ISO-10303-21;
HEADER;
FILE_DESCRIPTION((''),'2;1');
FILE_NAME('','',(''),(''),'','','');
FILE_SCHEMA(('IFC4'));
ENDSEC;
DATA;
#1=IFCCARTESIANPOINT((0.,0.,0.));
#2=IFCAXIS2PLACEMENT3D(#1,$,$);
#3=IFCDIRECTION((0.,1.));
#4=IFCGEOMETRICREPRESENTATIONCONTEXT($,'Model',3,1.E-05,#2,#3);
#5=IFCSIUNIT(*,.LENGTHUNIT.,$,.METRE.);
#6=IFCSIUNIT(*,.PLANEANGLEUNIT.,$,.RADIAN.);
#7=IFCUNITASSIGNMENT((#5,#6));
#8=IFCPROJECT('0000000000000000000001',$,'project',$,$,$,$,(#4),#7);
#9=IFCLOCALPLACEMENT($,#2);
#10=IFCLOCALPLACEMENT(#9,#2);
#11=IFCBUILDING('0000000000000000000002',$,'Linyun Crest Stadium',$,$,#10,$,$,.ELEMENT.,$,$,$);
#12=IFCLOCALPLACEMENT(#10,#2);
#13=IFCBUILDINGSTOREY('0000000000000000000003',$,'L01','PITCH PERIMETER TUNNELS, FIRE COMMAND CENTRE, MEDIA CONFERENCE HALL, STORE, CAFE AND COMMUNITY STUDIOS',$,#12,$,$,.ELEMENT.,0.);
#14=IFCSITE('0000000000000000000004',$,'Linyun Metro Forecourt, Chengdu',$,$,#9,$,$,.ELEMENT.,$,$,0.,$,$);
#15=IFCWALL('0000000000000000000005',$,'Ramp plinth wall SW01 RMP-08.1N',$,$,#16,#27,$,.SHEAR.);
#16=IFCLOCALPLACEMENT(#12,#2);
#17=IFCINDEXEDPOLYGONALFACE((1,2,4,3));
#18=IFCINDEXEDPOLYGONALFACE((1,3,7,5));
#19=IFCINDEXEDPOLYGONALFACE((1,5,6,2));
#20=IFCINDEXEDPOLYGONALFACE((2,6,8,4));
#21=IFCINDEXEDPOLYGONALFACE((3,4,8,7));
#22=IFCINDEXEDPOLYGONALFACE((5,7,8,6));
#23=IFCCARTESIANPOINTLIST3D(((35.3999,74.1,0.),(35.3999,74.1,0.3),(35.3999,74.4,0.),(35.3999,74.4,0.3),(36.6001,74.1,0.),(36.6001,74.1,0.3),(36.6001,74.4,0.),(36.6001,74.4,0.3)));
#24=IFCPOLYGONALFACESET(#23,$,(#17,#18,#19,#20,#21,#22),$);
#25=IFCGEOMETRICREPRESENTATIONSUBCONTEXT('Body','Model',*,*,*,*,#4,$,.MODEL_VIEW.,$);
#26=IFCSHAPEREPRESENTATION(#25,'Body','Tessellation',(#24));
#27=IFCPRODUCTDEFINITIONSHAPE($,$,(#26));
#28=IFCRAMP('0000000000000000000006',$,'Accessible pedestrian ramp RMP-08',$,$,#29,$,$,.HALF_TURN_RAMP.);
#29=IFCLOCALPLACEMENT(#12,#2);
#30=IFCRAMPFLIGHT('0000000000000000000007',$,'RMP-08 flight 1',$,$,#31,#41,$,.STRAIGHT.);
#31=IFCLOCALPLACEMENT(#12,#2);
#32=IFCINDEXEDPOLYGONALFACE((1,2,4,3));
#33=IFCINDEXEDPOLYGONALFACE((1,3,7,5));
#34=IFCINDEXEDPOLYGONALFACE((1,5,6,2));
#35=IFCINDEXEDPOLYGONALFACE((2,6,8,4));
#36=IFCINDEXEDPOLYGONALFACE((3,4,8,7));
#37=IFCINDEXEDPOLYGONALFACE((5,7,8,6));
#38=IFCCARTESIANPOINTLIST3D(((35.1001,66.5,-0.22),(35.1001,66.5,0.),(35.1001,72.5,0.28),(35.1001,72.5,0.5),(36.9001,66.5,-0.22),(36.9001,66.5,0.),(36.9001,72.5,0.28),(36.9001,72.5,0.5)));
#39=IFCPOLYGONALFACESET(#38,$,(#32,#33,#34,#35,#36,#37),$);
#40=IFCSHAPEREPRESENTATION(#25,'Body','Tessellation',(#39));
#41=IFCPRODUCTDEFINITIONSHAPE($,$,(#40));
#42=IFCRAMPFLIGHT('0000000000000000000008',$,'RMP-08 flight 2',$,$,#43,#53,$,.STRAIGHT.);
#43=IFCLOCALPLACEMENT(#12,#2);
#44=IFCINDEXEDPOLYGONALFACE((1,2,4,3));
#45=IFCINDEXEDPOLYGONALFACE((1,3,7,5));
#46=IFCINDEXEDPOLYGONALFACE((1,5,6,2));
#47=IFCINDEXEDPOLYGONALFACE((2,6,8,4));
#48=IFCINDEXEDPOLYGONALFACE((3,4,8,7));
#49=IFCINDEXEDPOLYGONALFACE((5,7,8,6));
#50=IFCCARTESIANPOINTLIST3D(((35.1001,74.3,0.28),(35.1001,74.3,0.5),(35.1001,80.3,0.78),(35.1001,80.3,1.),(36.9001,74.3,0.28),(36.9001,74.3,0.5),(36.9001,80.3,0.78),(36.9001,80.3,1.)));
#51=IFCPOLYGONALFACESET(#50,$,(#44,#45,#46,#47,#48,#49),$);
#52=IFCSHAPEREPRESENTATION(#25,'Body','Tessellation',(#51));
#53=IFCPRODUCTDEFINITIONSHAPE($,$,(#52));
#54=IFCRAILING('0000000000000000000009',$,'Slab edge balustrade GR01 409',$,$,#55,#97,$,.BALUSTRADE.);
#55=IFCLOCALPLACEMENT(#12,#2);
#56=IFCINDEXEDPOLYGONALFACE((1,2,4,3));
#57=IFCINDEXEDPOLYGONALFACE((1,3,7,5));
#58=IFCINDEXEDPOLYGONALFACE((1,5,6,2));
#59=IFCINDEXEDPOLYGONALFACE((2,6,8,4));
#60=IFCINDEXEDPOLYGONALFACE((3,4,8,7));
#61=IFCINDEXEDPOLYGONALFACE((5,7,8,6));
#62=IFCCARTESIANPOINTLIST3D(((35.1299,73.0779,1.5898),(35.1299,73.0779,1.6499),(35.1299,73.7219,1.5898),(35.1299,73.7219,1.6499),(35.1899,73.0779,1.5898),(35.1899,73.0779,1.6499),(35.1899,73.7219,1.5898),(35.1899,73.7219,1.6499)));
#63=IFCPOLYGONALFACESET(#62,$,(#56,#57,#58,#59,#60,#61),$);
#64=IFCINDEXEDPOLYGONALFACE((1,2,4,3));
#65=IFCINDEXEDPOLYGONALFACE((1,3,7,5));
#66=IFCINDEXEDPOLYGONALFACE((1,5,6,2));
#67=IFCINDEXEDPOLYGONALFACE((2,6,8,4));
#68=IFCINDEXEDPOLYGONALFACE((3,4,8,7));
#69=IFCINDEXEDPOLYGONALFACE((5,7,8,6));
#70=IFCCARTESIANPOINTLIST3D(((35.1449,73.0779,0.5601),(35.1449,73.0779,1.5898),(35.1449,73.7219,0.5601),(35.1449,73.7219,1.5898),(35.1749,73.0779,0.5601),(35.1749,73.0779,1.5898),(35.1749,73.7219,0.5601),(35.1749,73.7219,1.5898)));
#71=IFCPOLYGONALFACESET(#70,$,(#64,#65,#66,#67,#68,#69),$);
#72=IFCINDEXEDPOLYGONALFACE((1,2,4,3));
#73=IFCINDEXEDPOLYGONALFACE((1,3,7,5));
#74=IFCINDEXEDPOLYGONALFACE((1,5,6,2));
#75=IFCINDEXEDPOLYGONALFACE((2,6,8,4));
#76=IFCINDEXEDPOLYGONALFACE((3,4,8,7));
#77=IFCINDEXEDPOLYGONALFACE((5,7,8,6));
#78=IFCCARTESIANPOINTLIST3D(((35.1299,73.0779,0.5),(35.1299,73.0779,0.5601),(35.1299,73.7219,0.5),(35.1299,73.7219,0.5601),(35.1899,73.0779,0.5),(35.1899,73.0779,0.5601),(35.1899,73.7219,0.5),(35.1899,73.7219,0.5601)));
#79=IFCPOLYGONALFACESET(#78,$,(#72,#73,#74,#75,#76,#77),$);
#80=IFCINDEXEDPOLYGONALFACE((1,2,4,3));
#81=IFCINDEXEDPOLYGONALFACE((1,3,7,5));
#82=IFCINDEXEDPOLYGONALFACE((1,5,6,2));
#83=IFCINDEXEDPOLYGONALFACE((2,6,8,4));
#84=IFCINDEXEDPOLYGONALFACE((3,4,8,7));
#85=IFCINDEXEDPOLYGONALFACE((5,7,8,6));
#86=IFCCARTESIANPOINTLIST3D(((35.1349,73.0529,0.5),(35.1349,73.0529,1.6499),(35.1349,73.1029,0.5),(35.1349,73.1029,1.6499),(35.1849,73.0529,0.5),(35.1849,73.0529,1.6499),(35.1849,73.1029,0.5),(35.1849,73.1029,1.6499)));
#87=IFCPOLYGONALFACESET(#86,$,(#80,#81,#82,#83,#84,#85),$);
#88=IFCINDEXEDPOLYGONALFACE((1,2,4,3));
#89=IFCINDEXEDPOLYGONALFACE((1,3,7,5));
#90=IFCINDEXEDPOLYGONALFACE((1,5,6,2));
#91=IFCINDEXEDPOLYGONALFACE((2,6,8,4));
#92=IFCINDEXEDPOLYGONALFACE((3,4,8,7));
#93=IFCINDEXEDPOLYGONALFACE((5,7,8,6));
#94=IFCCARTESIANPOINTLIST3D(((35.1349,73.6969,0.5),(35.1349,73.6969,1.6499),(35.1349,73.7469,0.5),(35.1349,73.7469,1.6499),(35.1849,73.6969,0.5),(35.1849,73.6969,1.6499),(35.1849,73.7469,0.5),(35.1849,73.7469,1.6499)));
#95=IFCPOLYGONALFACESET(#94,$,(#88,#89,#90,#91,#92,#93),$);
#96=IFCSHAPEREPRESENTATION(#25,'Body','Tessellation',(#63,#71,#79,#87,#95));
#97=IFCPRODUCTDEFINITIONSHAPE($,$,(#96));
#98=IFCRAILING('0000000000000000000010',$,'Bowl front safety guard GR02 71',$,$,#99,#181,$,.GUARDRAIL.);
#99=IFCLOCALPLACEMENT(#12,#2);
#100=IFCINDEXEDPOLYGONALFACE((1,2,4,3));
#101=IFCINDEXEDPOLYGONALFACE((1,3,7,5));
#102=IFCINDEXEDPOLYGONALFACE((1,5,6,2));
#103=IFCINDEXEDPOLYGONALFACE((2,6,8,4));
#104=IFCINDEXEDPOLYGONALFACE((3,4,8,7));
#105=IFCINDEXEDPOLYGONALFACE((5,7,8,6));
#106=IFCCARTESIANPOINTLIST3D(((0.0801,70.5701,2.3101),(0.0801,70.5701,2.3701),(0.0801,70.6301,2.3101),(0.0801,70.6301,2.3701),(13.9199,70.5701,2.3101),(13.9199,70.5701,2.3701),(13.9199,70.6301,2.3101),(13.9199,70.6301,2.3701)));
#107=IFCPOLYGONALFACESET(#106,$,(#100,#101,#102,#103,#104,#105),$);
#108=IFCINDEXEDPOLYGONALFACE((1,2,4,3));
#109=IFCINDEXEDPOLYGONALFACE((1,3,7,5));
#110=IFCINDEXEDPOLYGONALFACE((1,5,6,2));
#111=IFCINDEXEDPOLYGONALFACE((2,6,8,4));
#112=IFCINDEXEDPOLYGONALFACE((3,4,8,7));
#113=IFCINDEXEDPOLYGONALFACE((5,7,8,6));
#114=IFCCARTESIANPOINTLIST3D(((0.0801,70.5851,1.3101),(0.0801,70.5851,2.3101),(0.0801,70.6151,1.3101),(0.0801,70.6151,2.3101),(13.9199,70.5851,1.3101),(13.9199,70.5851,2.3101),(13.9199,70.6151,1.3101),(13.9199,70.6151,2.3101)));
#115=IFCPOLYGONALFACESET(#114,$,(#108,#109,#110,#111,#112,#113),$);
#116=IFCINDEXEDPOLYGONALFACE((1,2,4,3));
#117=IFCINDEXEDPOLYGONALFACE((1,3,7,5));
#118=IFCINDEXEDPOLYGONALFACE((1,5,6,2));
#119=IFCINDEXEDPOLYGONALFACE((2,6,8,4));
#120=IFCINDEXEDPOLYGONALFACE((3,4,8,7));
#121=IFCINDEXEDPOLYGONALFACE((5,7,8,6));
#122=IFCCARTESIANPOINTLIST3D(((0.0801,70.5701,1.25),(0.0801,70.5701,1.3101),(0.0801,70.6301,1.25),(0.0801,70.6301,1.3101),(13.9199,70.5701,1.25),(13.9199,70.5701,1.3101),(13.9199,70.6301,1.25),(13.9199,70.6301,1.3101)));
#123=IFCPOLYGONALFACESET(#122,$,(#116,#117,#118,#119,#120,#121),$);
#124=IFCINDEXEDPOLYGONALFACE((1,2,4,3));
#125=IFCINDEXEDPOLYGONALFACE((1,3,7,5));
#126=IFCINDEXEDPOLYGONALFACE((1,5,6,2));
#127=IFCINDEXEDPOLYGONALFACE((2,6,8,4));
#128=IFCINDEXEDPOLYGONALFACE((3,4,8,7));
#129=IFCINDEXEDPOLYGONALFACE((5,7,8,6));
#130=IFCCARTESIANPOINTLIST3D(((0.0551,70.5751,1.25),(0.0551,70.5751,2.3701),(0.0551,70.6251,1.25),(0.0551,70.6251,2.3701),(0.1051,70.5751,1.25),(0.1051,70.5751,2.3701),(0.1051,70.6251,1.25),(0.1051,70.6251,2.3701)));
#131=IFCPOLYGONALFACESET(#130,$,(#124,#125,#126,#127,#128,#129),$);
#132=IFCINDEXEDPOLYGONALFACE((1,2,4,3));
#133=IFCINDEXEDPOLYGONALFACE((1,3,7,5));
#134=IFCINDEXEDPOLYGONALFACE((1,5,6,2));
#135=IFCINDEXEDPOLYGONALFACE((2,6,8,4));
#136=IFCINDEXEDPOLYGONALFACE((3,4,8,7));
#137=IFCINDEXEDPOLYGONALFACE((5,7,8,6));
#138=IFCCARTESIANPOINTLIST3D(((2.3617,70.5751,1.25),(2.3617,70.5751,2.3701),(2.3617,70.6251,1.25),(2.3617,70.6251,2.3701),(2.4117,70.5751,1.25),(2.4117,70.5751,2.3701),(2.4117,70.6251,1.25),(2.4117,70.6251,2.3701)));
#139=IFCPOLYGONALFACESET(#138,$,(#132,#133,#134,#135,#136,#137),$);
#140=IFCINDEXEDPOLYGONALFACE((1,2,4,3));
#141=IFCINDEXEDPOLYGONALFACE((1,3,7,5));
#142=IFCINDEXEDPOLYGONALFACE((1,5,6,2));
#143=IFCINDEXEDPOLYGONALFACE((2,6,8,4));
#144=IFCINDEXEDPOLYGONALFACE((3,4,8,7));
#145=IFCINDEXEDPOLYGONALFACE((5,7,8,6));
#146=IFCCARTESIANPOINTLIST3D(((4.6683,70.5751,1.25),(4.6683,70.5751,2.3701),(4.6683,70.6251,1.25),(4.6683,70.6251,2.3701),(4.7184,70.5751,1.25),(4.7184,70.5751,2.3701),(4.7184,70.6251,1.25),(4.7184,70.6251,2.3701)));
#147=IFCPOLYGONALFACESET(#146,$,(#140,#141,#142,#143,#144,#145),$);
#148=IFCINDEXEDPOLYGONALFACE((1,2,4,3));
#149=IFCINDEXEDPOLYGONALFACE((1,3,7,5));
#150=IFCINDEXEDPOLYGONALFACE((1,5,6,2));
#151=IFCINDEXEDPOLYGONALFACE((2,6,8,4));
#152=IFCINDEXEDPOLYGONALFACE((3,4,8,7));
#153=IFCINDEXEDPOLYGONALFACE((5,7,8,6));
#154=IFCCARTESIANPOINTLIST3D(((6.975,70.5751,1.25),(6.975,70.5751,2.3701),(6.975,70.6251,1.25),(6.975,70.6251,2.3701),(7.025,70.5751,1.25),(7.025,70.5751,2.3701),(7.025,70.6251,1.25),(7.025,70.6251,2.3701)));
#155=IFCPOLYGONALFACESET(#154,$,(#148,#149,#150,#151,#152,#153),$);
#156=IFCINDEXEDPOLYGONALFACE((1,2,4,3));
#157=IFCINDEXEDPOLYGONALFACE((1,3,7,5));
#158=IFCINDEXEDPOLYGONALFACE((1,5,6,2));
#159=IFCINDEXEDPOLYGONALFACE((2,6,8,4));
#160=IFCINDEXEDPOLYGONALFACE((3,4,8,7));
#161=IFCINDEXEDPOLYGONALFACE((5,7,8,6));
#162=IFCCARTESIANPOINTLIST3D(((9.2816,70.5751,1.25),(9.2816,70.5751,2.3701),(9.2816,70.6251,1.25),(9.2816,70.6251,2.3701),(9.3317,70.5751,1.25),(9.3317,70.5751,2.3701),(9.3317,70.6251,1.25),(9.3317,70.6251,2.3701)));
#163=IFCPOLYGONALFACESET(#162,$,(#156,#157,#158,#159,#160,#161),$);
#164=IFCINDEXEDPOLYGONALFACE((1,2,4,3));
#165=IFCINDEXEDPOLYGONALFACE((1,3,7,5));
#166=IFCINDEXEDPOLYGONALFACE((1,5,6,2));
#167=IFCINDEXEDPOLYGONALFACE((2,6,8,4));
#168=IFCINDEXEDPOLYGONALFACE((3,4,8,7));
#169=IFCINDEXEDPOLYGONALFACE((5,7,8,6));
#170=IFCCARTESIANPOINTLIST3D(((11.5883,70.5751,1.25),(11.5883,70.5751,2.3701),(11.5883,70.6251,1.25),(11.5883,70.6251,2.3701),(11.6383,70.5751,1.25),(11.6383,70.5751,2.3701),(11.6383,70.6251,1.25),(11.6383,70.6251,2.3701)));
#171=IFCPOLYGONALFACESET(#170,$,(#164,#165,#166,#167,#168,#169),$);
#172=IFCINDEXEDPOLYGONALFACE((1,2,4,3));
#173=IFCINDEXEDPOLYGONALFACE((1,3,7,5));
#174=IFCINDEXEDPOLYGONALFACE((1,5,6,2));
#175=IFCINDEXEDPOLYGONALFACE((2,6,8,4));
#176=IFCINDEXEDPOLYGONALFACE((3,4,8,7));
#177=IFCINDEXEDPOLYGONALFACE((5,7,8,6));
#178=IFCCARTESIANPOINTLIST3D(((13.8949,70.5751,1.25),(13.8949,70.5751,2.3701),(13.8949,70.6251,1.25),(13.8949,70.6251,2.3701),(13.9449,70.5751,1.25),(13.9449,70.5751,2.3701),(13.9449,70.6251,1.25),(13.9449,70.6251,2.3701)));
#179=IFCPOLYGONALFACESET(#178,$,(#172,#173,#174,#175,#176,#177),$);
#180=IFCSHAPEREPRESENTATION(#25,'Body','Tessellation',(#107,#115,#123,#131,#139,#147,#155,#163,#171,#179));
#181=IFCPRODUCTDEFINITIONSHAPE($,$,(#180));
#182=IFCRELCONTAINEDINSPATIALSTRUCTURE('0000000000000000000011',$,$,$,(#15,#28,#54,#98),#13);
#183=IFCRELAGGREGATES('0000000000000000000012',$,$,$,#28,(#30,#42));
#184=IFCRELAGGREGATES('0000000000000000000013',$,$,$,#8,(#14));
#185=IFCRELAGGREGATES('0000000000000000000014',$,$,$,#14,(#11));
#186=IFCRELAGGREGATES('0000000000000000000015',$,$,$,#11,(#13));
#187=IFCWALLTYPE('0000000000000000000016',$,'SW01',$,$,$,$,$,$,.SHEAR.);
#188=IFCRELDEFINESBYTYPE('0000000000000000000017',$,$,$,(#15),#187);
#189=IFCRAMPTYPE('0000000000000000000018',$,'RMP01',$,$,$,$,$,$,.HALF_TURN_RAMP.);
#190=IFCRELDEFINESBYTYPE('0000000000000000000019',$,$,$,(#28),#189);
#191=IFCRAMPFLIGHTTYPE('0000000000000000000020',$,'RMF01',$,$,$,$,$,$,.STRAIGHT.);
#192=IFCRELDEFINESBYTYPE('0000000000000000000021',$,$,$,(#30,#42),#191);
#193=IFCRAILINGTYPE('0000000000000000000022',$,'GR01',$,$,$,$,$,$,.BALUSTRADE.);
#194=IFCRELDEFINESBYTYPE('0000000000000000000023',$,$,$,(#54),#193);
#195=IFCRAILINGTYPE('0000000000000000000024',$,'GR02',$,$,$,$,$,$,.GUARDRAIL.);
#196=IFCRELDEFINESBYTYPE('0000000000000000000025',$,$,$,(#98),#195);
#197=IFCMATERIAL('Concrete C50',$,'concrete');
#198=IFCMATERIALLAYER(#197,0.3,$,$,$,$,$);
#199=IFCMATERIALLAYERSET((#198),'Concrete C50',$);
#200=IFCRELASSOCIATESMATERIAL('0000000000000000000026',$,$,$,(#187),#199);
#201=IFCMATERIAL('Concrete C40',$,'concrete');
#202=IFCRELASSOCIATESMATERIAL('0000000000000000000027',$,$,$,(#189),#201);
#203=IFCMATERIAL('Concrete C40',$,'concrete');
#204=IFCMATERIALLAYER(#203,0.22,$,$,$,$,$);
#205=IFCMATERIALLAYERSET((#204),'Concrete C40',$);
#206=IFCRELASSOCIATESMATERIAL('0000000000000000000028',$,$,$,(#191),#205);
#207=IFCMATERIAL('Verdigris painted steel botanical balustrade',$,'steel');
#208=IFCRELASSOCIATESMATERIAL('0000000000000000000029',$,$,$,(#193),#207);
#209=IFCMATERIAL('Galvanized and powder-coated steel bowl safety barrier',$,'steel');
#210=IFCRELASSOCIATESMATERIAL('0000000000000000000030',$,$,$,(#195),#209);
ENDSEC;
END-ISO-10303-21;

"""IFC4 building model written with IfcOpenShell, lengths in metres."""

from ifc_helpers import new_model, si_unit, direction, frame, frame_2d, origin, origin_2d, place, context, subcontext, project, spatial, polyline, rectangle, outline, extrude, material, layer, layer_set, type_object, element, aggregate, save


model = new_model("IFC4")

# Units and contexts
model_context = context("Model", 3, precision=1e-05, world=origin(), true_north=direction((0.0, 1.0)))
body_context = subcontext(model_context, "Body", "Model", "MODEL_VIEW")
ifc_project = project(units=[si_unit("LENGTHUNIT", "METRE"), si_unit("PLANEANGLEUNIT", "RADIAN")], contexts=[model_context])

# Site, building, storey
site_placement = place(None, origin())
site = spatial("IfcSite", under=ifc_project, at=site_placement, Name="Linyun Metro Forecourt, Chengdu", CompositionType="ELEMENT", RefElevation=0.0)
building_placement = place(site_placement, origin())
building = spatial("IfcBuilding", under=site, at=building_placement, Name="Linyun Crest Stadium", CompositionType="ELEMENT")
storey_placement = place(building_placement, origin())
storey = spatial("IfcBuildingStorey", under=building, at=storey_placement, Name="L01", Description="PITCH PERIMETER TUNNELS, FIRE COMMAND CENTRE, MEDIA CONFERENCE HALL, STORE, CAFE AND COMMUNITY STUDIOS", CompositionType="ELEMENT", Elevation=0.0)

# Wall
ifc_material_1 = material(Name="Concrete C50", Category="concrete")
ifc_layer_1 = layer(ifc_material_1, 0.3)
ifc_layer_set_1 = layer_set([ifc_layer_1], Name="Concrete C50")
wall_type = type_object("IfcWallType", Name="SW01", PredefinedType="SHEAR", material=ifc_layer_set_1)
wall_placement = place(storey_placement, frame((35.3999, 74.25, 0.0), z_axis=(0.0, 0.0, 1.0), x_axis=(1.0, 0.0, 0.0)))
element("IfcWall", 1, at=wall_placement, inside=storey, type_object=wall_type, Name="Ramp plinth wall SW01 RMP-08.1N", PredefinedType="SHEAR", context=body_context, shape_type="SweptSolid", body=[
    extrude(rectangle(XDim=1.2002, YDim=0.3, at=frame_2d((0.6001, 0.0))), origin(), (0.0, 0.0, 1.0), 0.3),
])

# Ramp, ramp flights
ifc_material_2 = material(Name="Concrete C40", Category="concrete")
ramp_type = type_object("IfcRampType", Name="RMP01", PredefinedType="HALF_TURN_RAMP", material=ifc_material_2)
ramp_placement = place(storey_placement, origin())
ramp = element("IfcRamp", 2, at=ramp_placement, inside=storey, type_object=ramp_type, Name="Accessible pedestrian ramp RMP-08", PredefinedType="HALF_TURN_RAMP")
ifc_material_3 = material(Name="Concrete C40", Category="concrete")
ifc_layer_2 = layer(ifc_material_3, 0.22)
ifc_layer_set_2 = layer_set([ifc_layer_2], Name="Concrete C40")
ramp_flight_type = type_object("IfcRampFlightType", Name="RMF01", PredefinedType="STRAIGHT", material=ifc_layer_set_2)
ramp_flight_1_placement = place(storey_placement, frame((36.0, 66.5, 0.0), z_axis=(0.0, 0.0, 1.0), x_axis=(0.0, 1.0, 0.0)))
ramp_flight_1 = element("IfcRampFlight", 3, at=ramp_flight_1_placement, type_object=ramp_flight_type, Name="RMP-08 flight 1", PredefinedType="STRAIGHT", context=body_context, shape_type="SweptSolid", body=[
    extrude(outline(polyline([(0.0, 0.0), (6.0, 0.5), (6.0, 0.28), (0.0, -0.22), (0.0, 0.0)])), frame((0.0, 0.8999, 0.0), z_axis=(0.0, -1.0, 0.0), x_axis=(1.0, 0.0, 0.0)), (0.0, 0.0, 1.0), 1.8),
])
ramp_flight_2_placement = place(storey_placement, frame((36.0, 74.3, 0.5), z_axis=(0.0, 0.0, 1.0), x_axis=(0.0, 1.0, 0.0)))
ramp_flight_2 = element("IfcRampFlight", 4, at=ramp_flight_2_placement, type_object=ramp_flight_type, Name="RMP-08 flight 2", PredefinedType="STRAIGHT", context=body_context, shape_type="SweptSolid", body=[
    extrude(outline(polyline([(0.0, 0.0), (6.0, 0.5), (6.0, 0.28), (0.0, -0.22), (0.0, 0.0)])), frame((0.0, 0.8999, 0.0), z_axis=(0.0, -1.0, 0.0), x_axis=(1.0, 0.0, 0.0)), (0.0, 0.0, 1.0), 1.8),
])
aggregate(ramp, [ramp_flight_1, ramp_flight_2])

# Railings
ifc_material_4 = material(Name="Verdigris painted steel botanical balustrade", Category="steel")
railing_type_1 = type_object("IfcRailingType", Name="GR01", PredefinedType="BALUSTRADE", material=ifc_material_4)
railing_placement = place(storey_placement, frame((35.1599, 73.0779, 0.5)))
element("IfcRailing", 5, at=railing_placement, inside=storey, type_object=railing_type_1, Name="Slab edge balustrade GR01 409", PredefinedType="BALUSTRADE", context=body_context, shape_type="SweptSolid", body=[
    extrude(rectangle(XDim=0.0601, YDim=0.0601, at=origin_2d()), frame((0.0, 0.0, 1.1199), z_axis=(0.0, 1.0, 0.0), x_axis=(-1.0, 0.0, 0.0)), (0.0, 0.0, 1.0), 0.644),
    extrude(rectangle(XDim=0.03, YDim=1.0298, at=origin_2d()), frame((0.0, 0.0, 0.575), z_axis=(0.0, 1.0, 0.0), x_axis=(-1.0, 0.0, 0.0)), (0.0, 0.0, 1.0), 0.644),
    extrude(rectangle(XDim=0.0601, YDim=0.0601, at=origin_2d()), frame((0.0, 0.0, 0.03), z_axis=(0.0, 1.0, 0.0), x_axis=(-1.0, 0.0, 0.0)), (0.0, 0.0, 1.0), 0.644),
    extrude(rectangle(XDim=0.05, YDim=0.05, at=origin_2d()), origin(), (0.0, 0.0, 1.0), 1.1499),
    extrude(rectangle(XDim=0.05, YDim=0.05, at=origin_2d()), frame((0.0, 0.644, 0.0)), (0.0, 0.0, 1.0), 1.1499),
])
ifc_material_5 = material(Name="Galvanized and powder-coated steel bowl safety barrier", Category="steel")
railing_type_2 = type_object("IfcRailingType", Name="GR02", PredefinedType="GUARDRAIL", material=ifc_material_5)
for number, where, name in (
    (6, (0.0801, 70.6001, 1.25), "Bowl front safety guard GR02 71"),
):
    element("IfcRailing", number, at=place(storey_placement, frame(where)), inside=storey, type_object=railing_type_2, Name=name, PredefinedType="GUARDRAIL", context=body_context, shape_type="SweptSolid", body=[
        extrude(rectangle(XDim=0.0601, YDim=0.0601, at=origin_2d()), frame((0.0, 0.0, 1.0901), z_axis=(1.0, 0.0, 0.0), x_axis=(0.0, 1.0, 0.0)), (0.0, 0.0, 1.0), 13.8398),
        extrude(rectangle(XDim=0.03, YDim=1.0, at=origin_2d()), frame((0.0, 0.0, 0.5601), z_axis=(1.0, 0.0, 0.0), x_axis=(0.0, 1.0, 0.0)), (0.0, 0.0, 1.0), 13.8398),
        extrude(rectangle(XDim=0.0601, YDim=0.0601, at=origin_2d()), frame((0.0, 0.0, 0.03), z_axis=(1.0, 0.0, 0.0), x_axis=(0.0, 1.0, 0.0)), (0.0, 0.0, 1.0), 13.8398),
        extrude(rectangle(XDim=0.05, YDim=0.05, at=origin_2d()), origin(), (0.0, 0.0, 1.0), 1.1201),
        extrude(rectangle(XDim=0.05, YDim=0.05, at=origin_2d()), frame((2.3066, 0.0, 0.0)), (0.0, 0.0, 1.0), 1.1201),
        extrude(rectangle(XDim=0.05, YDim=0.05, at=origin_2d()), frame((4.6133, 0.0, 0.0)), (0.0, 0.0, 1.0), 1.1201),
        extrude(rectangle(XDim=0.05, YDim=0.05, at=origin_2d()), frame((6.9199, 0.0, 0.0)), (0.0, 0.0, 1.0), 1.1201),
        extrude(rectangle(XDim=0.05, YDim=0.05, at=origin_2d()), frame((9.2266, 0.0, 0.0)), (0.0, 0.0, 1.0), 1.1201),
        extrude(rectangle(XDim=0.05, YDim=0.05, at=origin_2d()), frame((11.5332, 0.0, 0.0)), (0.0, 0.0, 1.0), 1.1201),
        extrude(rectangle(XDim=0.05, YDim=0.05, at=origin_2d()), frame((13.8398, 0.0, 0.0)), (0.0, 0.0, 1.0), 1.1201),
    ])

save(model, "model.ifc")
